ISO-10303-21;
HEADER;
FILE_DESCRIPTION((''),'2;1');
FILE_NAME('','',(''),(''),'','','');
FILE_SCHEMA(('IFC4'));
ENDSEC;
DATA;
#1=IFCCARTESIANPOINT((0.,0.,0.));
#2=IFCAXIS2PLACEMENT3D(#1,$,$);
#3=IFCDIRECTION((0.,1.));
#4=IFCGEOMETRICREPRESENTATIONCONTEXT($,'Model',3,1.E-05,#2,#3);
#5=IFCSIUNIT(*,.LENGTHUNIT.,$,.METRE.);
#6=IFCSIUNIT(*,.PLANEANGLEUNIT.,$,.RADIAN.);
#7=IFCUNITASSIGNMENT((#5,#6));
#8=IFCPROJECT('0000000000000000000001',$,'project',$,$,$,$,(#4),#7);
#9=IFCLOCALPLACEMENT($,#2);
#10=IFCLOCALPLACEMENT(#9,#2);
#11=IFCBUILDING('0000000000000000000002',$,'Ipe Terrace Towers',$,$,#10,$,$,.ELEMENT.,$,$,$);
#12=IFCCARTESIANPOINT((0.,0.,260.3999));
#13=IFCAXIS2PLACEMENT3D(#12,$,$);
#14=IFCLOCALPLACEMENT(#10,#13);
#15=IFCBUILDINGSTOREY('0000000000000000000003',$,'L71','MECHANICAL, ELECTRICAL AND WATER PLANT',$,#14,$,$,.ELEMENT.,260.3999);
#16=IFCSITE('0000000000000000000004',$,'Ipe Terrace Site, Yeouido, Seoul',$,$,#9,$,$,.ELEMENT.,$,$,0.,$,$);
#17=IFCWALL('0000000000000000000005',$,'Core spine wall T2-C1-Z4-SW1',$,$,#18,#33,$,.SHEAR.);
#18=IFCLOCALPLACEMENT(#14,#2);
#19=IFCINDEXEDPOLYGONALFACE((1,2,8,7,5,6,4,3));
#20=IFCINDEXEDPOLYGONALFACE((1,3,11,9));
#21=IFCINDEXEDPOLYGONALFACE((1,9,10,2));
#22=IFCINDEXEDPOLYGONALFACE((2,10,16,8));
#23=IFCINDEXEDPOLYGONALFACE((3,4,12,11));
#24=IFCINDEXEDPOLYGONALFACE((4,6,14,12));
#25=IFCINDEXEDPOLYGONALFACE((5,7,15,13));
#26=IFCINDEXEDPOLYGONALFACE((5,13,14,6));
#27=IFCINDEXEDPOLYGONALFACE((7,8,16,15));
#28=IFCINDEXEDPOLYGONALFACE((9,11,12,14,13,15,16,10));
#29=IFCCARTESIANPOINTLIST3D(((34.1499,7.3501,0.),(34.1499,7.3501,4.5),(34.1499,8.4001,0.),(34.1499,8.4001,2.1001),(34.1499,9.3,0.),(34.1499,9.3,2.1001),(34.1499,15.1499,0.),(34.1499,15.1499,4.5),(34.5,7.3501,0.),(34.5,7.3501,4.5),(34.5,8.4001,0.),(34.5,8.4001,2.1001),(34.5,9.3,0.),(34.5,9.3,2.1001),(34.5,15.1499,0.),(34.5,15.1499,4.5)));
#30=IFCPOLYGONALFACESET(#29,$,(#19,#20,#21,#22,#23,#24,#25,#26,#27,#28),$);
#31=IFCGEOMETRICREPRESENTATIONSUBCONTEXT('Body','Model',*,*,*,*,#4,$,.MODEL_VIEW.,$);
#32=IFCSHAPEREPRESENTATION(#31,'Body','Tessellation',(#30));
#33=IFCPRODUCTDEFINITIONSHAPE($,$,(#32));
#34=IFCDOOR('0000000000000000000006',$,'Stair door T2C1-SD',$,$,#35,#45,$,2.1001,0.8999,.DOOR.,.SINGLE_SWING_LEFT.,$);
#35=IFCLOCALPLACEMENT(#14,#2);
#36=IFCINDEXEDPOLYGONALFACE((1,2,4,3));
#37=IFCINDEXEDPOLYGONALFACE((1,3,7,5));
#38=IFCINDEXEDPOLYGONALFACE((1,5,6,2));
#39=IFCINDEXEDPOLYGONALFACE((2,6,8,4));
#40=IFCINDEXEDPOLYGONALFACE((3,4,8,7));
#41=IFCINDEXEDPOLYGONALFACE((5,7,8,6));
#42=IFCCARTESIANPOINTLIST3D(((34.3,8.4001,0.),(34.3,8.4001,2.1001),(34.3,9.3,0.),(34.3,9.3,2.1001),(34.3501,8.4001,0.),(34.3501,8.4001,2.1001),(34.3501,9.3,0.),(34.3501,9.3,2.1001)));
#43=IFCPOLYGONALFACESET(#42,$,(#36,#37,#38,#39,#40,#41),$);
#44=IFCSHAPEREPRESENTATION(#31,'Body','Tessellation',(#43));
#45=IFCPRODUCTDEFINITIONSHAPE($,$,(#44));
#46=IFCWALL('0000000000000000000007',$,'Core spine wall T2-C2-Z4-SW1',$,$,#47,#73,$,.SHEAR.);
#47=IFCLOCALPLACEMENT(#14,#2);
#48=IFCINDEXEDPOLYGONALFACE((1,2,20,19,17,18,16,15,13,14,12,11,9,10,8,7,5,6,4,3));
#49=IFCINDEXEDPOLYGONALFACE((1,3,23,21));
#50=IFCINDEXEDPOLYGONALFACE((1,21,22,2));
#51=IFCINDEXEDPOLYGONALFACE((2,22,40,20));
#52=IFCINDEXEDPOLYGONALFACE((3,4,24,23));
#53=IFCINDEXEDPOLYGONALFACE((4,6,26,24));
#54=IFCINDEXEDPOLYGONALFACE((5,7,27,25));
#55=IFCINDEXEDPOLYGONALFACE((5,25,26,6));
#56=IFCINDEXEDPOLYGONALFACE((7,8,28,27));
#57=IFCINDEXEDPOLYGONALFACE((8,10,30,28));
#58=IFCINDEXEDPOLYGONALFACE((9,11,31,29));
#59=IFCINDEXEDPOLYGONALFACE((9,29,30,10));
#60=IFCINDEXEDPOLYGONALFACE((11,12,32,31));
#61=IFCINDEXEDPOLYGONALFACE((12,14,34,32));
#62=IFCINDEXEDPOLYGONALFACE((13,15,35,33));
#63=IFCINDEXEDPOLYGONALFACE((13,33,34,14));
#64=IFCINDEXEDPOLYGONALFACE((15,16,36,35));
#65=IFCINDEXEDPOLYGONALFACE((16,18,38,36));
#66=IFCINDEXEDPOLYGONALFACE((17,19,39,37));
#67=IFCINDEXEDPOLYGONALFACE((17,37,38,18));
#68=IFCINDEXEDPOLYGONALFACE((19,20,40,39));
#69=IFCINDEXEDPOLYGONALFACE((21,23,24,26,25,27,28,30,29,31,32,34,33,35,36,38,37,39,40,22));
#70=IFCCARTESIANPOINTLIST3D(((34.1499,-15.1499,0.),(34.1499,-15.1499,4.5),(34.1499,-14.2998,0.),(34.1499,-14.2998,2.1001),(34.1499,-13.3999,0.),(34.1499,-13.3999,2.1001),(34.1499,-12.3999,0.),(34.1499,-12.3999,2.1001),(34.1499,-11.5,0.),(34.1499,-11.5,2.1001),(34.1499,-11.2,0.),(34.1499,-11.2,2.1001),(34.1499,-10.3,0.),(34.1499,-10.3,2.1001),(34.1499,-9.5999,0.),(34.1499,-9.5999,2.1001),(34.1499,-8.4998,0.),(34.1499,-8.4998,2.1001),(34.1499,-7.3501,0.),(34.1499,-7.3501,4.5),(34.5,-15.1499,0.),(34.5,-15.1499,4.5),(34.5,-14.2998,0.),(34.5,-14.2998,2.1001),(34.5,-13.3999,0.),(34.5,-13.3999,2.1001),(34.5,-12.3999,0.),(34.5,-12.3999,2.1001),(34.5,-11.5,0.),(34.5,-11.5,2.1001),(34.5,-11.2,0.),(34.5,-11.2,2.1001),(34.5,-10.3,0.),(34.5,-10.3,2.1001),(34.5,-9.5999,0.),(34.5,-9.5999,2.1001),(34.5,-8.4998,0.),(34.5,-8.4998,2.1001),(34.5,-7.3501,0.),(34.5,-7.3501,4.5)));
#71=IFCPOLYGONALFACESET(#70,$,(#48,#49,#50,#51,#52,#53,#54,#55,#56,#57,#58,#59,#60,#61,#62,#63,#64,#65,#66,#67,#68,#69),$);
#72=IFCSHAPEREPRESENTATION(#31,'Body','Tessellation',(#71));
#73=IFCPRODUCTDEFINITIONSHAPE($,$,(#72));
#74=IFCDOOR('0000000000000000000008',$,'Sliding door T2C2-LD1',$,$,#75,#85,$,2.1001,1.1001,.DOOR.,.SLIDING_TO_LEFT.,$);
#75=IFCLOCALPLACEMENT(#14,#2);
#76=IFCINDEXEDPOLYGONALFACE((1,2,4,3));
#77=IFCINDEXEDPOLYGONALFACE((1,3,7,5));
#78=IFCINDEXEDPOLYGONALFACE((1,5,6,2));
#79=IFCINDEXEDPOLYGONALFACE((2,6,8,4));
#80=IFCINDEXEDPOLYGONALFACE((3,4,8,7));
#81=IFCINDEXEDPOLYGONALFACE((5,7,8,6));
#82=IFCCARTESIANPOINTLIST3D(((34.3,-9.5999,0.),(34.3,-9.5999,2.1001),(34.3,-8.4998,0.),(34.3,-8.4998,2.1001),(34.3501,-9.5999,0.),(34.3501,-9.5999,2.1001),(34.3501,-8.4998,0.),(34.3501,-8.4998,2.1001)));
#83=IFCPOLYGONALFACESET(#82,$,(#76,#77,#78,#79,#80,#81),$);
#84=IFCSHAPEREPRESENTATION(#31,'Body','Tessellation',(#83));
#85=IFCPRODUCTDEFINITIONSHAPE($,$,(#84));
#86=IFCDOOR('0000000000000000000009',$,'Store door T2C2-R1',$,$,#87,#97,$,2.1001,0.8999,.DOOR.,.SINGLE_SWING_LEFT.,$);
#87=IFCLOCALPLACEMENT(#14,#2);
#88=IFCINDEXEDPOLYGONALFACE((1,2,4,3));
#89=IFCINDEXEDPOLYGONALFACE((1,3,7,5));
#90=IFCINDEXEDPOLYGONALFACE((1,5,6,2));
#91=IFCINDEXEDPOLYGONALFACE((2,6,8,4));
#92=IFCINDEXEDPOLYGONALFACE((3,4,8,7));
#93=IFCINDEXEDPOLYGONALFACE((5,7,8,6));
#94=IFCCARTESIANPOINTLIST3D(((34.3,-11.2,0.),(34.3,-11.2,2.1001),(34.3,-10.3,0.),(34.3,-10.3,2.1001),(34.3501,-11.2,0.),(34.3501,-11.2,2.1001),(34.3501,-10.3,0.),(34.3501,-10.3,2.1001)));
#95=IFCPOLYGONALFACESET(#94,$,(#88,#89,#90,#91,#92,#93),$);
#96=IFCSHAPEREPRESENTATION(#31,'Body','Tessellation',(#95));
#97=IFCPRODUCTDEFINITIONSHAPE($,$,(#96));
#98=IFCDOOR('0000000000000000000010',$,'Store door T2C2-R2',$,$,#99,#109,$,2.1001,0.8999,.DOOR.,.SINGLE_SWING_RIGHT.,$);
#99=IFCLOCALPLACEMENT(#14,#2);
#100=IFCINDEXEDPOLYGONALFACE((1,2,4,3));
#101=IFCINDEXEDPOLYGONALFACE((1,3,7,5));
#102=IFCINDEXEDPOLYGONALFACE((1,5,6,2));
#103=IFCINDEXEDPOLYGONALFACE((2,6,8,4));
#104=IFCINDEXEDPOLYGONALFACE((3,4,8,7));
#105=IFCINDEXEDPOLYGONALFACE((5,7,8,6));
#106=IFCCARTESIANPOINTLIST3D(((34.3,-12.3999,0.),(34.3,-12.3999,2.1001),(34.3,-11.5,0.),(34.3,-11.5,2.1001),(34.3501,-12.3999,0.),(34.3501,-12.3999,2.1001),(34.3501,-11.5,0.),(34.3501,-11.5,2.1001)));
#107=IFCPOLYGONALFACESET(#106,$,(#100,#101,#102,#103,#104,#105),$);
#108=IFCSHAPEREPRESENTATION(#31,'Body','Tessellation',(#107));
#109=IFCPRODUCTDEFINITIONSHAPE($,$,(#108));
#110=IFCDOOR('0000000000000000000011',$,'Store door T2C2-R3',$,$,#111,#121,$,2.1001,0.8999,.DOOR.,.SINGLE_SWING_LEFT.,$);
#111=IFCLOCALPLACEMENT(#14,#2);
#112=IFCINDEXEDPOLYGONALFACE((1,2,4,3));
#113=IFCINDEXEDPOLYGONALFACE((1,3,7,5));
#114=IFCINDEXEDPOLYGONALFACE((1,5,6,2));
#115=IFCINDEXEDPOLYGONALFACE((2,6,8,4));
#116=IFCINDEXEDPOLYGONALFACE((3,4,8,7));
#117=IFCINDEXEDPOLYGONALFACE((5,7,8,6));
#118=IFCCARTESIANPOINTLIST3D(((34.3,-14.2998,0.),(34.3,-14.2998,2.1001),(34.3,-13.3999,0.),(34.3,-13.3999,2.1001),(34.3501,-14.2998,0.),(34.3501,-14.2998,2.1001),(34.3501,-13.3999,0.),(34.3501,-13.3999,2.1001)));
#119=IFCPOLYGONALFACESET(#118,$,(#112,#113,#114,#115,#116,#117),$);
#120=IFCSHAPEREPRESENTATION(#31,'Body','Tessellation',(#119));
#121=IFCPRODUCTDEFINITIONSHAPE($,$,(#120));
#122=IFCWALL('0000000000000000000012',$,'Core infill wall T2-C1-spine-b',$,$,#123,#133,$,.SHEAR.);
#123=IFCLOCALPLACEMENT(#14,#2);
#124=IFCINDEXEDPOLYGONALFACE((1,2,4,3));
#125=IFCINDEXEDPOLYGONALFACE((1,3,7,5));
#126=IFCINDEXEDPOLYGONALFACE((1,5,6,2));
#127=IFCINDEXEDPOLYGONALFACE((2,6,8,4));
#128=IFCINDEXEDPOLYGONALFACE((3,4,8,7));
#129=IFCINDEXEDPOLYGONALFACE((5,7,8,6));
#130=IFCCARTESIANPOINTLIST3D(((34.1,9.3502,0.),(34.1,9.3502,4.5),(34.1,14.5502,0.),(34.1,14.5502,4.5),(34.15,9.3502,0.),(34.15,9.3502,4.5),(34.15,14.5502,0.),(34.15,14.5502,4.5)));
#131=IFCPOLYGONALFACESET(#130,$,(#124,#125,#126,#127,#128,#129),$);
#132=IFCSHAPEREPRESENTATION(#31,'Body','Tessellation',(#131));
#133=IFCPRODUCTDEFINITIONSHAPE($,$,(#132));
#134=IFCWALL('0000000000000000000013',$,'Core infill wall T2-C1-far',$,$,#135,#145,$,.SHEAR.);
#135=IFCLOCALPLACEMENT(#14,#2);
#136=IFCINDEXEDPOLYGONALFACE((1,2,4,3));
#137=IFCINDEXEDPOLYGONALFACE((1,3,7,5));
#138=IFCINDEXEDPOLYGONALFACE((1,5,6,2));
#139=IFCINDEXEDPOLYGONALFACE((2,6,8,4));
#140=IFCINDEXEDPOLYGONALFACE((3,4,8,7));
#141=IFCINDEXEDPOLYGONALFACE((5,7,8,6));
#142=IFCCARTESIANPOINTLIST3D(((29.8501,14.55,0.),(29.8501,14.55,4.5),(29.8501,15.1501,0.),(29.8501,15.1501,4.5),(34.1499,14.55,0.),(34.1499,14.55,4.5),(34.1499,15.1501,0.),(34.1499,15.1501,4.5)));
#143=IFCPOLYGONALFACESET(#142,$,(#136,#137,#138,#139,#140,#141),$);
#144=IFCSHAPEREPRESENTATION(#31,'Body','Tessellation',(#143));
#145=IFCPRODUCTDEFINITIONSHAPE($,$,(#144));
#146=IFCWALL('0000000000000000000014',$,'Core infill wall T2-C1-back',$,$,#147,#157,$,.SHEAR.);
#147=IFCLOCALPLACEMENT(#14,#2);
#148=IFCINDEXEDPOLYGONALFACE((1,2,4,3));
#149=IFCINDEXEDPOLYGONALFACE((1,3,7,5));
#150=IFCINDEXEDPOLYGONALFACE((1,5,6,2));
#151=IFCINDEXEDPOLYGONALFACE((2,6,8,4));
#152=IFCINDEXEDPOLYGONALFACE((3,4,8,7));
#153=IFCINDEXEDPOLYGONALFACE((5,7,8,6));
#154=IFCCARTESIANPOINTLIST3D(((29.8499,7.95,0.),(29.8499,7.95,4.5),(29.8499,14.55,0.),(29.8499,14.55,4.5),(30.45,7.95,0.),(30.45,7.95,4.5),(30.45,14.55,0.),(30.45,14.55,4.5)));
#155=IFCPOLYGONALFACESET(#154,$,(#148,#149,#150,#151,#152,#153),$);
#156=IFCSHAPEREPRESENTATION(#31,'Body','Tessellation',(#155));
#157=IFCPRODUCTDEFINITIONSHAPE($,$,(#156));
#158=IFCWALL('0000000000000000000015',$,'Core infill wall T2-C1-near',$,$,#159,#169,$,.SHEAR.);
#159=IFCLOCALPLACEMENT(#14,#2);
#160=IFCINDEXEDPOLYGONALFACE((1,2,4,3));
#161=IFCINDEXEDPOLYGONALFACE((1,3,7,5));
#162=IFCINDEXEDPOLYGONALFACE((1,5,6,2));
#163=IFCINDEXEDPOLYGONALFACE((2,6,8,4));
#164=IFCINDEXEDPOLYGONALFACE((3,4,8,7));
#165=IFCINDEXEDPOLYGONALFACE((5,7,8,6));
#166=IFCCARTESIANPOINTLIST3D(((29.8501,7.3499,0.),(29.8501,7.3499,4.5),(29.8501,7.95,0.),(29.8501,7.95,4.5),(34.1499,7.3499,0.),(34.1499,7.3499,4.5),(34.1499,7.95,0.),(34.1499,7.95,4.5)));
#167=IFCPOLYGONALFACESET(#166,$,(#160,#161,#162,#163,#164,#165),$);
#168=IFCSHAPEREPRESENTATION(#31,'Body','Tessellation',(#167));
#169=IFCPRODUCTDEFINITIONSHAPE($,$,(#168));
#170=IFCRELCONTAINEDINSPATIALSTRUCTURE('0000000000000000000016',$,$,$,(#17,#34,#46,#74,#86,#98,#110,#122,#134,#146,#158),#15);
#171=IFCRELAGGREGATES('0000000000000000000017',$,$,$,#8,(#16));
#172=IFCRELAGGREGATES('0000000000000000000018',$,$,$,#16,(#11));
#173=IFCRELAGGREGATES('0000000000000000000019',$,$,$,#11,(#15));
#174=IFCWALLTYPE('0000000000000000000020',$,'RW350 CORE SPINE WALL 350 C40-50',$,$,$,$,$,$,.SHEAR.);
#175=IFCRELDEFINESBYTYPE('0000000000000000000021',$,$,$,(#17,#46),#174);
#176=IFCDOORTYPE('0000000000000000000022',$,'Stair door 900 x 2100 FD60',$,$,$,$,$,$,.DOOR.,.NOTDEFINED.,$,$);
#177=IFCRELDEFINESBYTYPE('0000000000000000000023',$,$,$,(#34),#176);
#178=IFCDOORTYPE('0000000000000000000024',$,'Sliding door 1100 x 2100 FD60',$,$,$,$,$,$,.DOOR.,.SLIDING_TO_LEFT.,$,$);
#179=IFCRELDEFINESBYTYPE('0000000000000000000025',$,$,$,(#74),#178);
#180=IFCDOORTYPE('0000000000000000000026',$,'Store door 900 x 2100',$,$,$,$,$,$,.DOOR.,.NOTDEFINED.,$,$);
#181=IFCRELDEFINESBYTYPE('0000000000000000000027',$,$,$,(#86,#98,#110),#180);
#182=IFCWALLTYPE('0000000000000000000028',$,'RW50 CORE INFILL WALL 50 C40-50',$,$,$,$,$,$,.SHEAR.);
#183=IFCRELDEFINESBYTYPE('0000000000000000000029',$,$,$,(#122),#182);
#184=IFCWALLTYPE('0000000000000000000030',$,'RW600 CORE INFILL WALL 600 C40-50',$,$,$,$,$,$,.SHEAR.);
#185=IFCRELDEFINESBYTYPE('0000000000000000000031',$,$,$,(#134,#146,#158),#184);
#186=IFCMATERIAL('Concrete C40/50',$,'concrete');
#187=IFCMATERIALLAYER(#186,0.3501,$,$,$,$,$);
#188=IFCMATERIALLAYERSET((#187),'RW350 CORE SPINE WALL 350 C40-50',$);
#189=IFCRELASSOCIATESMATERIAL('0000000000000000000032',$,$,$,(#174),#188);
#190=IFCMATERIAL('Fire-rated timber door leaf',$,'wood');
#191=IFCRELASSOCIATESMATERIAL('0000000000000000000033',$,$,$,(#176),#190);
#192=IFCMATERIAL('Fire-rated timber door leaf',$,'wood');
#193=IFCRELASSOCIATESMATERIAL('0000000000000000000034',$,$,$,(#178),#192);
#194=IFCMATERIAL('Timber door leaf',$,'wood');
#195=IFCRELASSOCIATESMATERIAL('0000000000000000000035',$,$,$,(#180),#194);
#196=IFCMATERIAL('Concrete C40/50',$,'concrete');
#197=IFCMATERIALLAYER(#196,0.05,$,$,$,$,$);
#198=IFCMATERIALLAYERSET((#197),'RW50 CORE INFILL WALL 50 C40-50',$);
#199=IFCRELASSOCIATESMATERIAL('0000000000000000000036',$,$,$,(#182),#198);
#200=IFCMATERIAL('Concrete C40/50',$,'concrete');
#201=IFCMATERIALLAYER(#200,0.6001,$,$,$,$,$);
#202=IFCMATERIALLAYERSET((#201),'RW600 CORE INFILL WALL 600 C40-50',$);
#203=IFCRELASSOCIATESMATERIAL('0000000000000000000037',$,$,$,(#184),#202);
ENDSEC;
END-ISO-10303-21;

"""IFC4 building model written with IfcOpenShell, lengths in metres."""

from ifc_helpers import new_model, si_unit, direction, frame, frame_2d, origin, place, context, subcontext, project, spatial, rectangle, extrude, material, layer, layer_set, type_object, element, fill, save


model = new_model("IFC4")

# Units and contexts
model_context = context("Model", 3, precision=1e-05, world=origin(), true_north=direction((0.0, 1.0)))
body_context = subcontext(model_context, "Body", "Model", "MODEL_VIEW")
ifc_project = project(units=[si_unit("LENGTHUNIT", "METRE"), si_unit("PLANEANGLEUNIT", "RADIAN")], contexts=[model_context])

# Site, building, storey
site_placement = place(None, origin())
site = spatial("IfcSite", under=ifc_project, at=site_placement, Name="Ipe Terrace Site, Yeouido, Seoul", CompositionType="ELEMENT", RefElevation=0.0)
building_placement = place(site_placement, origin())
building = spatial("IfcBuilding", under=site, at=building_placement, Name="Ipe Terrace Towers", CompositionType="ELEMENT")
storey_placement = place(building_placement, frame((0.0, 0.0, 260.3999)))
storey = spatial("IfcBuildingStorey", under=building, at=storey_placement, Name="L71", Description="MECHANICAL, ELECTRICAL AND WATER PLANT", CompositionType="ELEMENT", Elevation=260.3999)

# Wall, opening, door
ifc_material_1 = material(Name="Concrete C40/50", Category="concrete")
ifc_layer_1 = layer(ifc_material_1, 0.3501)
ifc_layer_set_1 = layer_set([ifc_layer_1], Name="RW350 CORE SPINE WALL 350 C40-50")
wall_type_1 = type_object("IfcWallType", Name="RW350 CORE SPINE WALL 350 C40-50", PredefinedType="SHEAR", material=ifc_layer_set_1)
wall_1_placement = place(storey_placement, frame((34.325, 7.3501, 0.0), z_axis=(0.0, 0.0, 1.0), x_axis=(0.0, 1.0, 0.0)))
wall_1 = element("IfcWall", 1, at=wall_1_placement, inside=storey, type_object=wall_type_1, Name="Core spine wall T2-C1-Z4-SW1", PredefinedType="SHEAR", context=body_context, shape_type="SweptSolid", body=[
    extrude(rectangle(XDim=7.7998, YDim=0.3501, at=frame_2d((3.8999, 0.0))), origin(), (0.0, 0.0, 1.0), 4.5),
])
opening_1_placement = place(wall_1_placement, frame((1.05, 0.0, 0.0)))
opening_1 = element("IfcOpeningElement", 2, at=opening_1_placement, cuts=wall_1, PredefinedType="OPENING", context=body_context, shape_type="SweptSolid", body=[
    extrude(rectangle(XDim=0.8999, YDim=2.1001, at=frame_2d((0.45, 1.05))), frame((0.0, 0.1851, 0.0), z_axis=(0.0, -1.0, 0.0), x_axis=(1.0, 0.0, 0.0)), (0.0, 0.0, 1.0), 0.3701),
])
ifc_material_2 = material(Name="Fire-rated timber door leaf", Category="wood")
door_type_1 = type_object("IfcDoorType", Name="Stair door 900 x 2100 FD60", OperationType="NOTDEFINED", PredefinedType="DOOR", material=ifc_material_2)
door_1_placement = place(opening_1_placement, origin())
door_1 = element("IfcDoor", 3, at=door_1_placement, inside=storey, type_object=door_type_1, Name="Stair door T2C1-SD", OperationType="SINGLE_SWING_LEFT", OverallHeight=2.1001, OverallWidth=0.8999, PredefinedType="DOOR", context=body_context, shape_type="SweptSolid", body=[
    extrude(rectangle(XDim=0.8999, YDim=2.1001, at=frame_2d((0.45, 1.05))), frame((0.0, 0.0249, 0.0), z_axis=(0.0, -1.0, 0.0), x_axis=(1.0, 0.0, 0.0)), (0.0, 0.0, 1.0), 0.05),
])
fill(opening_1, door_1)

# Wall, openings, doors
wall_2_placement = place(storey_placement, frame((34.325, -15.1499, 0.0), z_axis=(0.0, 0.0, 1.0), x_axis=(0.0, 1.0, 0.0)))
wall_2 = element("IfcWall", 4, at=wall_2_placement, inside=storey, type_object=wall_type_1, Name="Core spine wall T2-C2-Z4-SW1", PredefinedType="SHEAR", context=body_context, shape_type="SweptSolid", body=[
    extrude(rectangle(XDim=7.7998, YDim=0.3501, at=frame_2d((3.8999, 0.0))), origin(), (0.0, 0.0, 1.0), 4.5),
])
opening_2_placement = place(wall_2_placement, frame((5.55, 0.0, 0.0)))
opening_2 = element("IfcOpeningElement", 5, at=opening_2_placement, cuts=wall_2, PredefinedType="OPENING", context=body_context, shape_type="SweptSolid", body=[
    extrude(rectangle(XDim=1.1001, YDim=2.1001, at=frame_2d((0.55, 1.05))), frame((0.0, 0.1851, 0.0), z_axis=(0.0, -1.0, 0.0), x_axis=(1.0, 0.0, 0.0)), (0.0, 0.0, 1.0), 0.3701),
])
opening_3_placement = place(wall_2_placement, frame((3.95, 0.0, 0.0)))
opening_3 = element("IfcOpeningElement", 6, at=opening_3_placement, cuts=wall_2, PredefinedType="OPENING", context=body_context, shape_type="SweptSolid", body=[
    extrude(rectangle(XDim=0.8999, YDim=2.1001, at=frame_2d((0.45, 1.05))), frame((0.0, 0.1851, 0.0), z_axis=(0.0, -1.0, 0.0), x_axis=(1.0, 0.0, 0.0)), (0.0, 0.0, 1.0), 0.3701),
])
opening_4_placement = place(wall_2_placement, frame((2.75, 0.0, 0.0)))
opening_4 = element("IfcOpeningElement", 7, at=opening_4_placement, cuts=wall_2, PredefinedType="OPENING", context=body_context, shape_type="SweptSolid", body=[
    extrude(rectangle(XDim=0.8999, YDim=2.1001, at=frame_2d((0.45, 1.05))), frame((0.0, 0.1851, 0.0), z_axis=(0.0, -1.0, 0.0), x_axis=(1.0, 0.0, 0.0)), (0.0, 0.0, 1.0), 0.3701),
])
opening_5_placement = place(wall_2_placement, frame((0.8501, 0.0, 0.0)))
opening_5 = element("IfcOpeningElement", 8, at=opening_5_placement, cuts=wall_2, PredefinedType="OPENING", context=body_context, shape_type="SweptSolid", body=[
    extrude(rectangle(XDim=0.8999, YDim=2.1001, at=frame_2d((0.45, 1.05))), frame((0.0, 0.1851, 0.0), z_axis=(0.0, -1.0, 0.0), x_axis=(1.0, 0.0, 0.0)), (0.0, 0.0, 1.0), 0.3701),
])
ifc_material_3 = material(Name="Fire-rated timber door leaf", Category="wood")
door_type_2 = type_object("IfcDoorType", Name="Sliding door 1100 x 2100 FD60", OperationType="SLIDING_TO_LEFT", PredefinedType="DOOR", material=ifc_material_3)
door_2_placement = place(opening_2_placement, origin())
door_2 = element("IfcDoor", 9, at=door_2_placement, inside=storey, type_object=door_type_2, Name="Sliding door T2C2-LD1", OperationType="SLIDING_TO_LEFT", OverallHeight=2.1001, OverallWidth=1.1001, PredefinedType="DOOR", context=body_context, shape_type="SweptSolid", body=[
    extrude(rectangle(XDim=1.1001, YDim=2.1001, at=frame_2d((0.55, 1.05))), frame((0.0, 0.0249, 0.0), z_axis=(0.0, -1.0, 0.0), x_axis=(1.0, 0.0, 0.0)), (0.0, 0.0, 1.0), 0.05),
])
fill(opening_2, door_2)
ifc_material_4 = material(Name="Timber door leaf", Category="wood")
door_type_3 = type_object("IfcDoorType", Name="Store door 900 x 2100", OperationType="NOTDEFINED", PredefinedType="DOOR", material=ifc_material_4)
door_3_placement = place(opening_3_placement, origin())
door_3 = element("IfcDoor", 10, at=door_3_placement, inside=storey, type_object=door_type_3, Name="Store door T2C2-R1", OperationType="SINGLE_SWING_LEFT", OverallHeight=2.1001, OverallWidth=0.8999, PredefinedType="DOOR", context=body_context, shape_type="SweptSolid", body=[
    extrude(rectangle(XDim=0.8999, YDim=2.1001, at=frame_2d((0.45, 1.05))), frame((0.0, 0.0249, 0.0), z_axis=(0.0, -1.0, 0.0), x_axis=(1.0, 0.0, 0.0)), (0.0, 0.0, 1.0), 0.05),
])
fill(opening_3, door_3)
door_4_placement = place(opening_4_placement, origin())
door_4 = element("IfcDoor", 11, at=door_4_placement, inside=storey, type_object=door_type_3, Name="Store door T2C2-R2", OperationType="SINGLE_SWING_RIGHT", OverallHeight=2.1001, OverallWidth=0.8999, PredefinedType="DOOR", context=body_context, shape_type="SweptSolid", body=[
    extrude(rectangle(XDim=0.8999, YDim=2.1001, at=frame_2d((0.45, 1.05))), frame((0.0, 0.0249, 0.0), z_axis=(0.0, -1.0, 0.0), x_axis=(1.0, 0.0, 0.0)), (0.0, 0.0, 1.0), 0.05),
])
fill(opening_4, door_4)
door_5_placement = place(opening_5_placement, origin())
door_5 = element("IfcDoor", 12, at=door_5_placement, inside=storey, type_object=door_type_3, Name="Store door T2C2-R3", OperationType="SINGLE_SWING_LEFT", OverallHeight=2.1001, OverallWidth=0.8999, PredefinedType="DOOR", context=body_context, shape_type="SweptSolid", body=[
    extrude(rectangle(XDim=0.8999, YDim=2.1001, at=frame_2d((0.45, 1.05))), frame((0.0, 0.0249, 0.0), z_axis=(0.0, -1.0, 0.0), x_axis=(1.0, 0.0, 0.0)), (0.0, 0.0, 1.0), 0.05),
])
fill(opening_5, door_5)

# Walls
ifc_material_5 = material(Name="Concrete C40/50", Category="concrete")
ifc_layer_2 = layer(ifc_material_5, 0.05)
ifc_layer_set_2 = layer_set([ifc_layer_2], Name="RW50 CORE INFILL WALL 50 C40-50")
wall_type_2 = type_object("IfcWallType", Name="RW50 CORE INFILL WALL 50 C40-50", PredefinedType="SHEAR", material=ifc_layer_set_2)
wall_3_placement = place(storey_placement, frame((34.125, 9.3501, 0.0), z_axis=(0.0, 0.0, 1.0), x_axis=(0.0, 1.0, 0.0)))
element("IfcWall", 13, at=wall_3_placement, inside=storey, type_object=wall_type_2, Name="Core infill wall T2-C1-spine-b", PredefinedType="SHEAR", context=body_context, shape_type="SweptSolid", body=[
    extrude(rectangle(XDim=5.2, YDim=0.05, at=frame_2d((2.6001, 0.0))), origin(), (0.0, 0.0, 1.0), 4.5),
])
ifc_material_6 = material(Name="Concrete C40/50", Category="concrete")
ifc_layer_3 = layer(ifc_material_6, 0.6001)
ifc_layer_set_3 = layer_set([ifc_layer_3], Name="RW600 CORE INFILL WALL 600 C40-50")
wall_type_3 = type_object("IfcWallType", Name="RW600 CORE INFILL WALL 600 C40-50", PredefinedType="SHEAR", material=ifc_layer_set_3)
wall_4_placement = place(storey_placement, frame((34.1499, 14.8501, 0.0), z_axis=(0.0, 0.0, 1.0), x_axis=(-1.0, 0.0, 0.0)))
element("IfcWall", 14, at=wall_4_placement, inside=storey, type_object=wall_type_3, Name="Core infill wall T2-C1-far", PredefinedType="SHEAR", context=body_context, shape_type="SweptSolid", body=[
    extrude(rectangle(XDim=4.2998, YDim=0.6001, at=frame_2d((2.1499, 0.0))), origin(), (0.0, 0.0, 1.0), 4.5),
])
wall_5_placement = place(storey_placement, frame((30.1499, 7.95, 0.0), z_axis=(0.0, 0.0, 1.0), x_axis=(0.0, 1.0, 0.0)))
element("IfcWall", 15, at=wall_5_placement, inside=storey, type_object=wall_type_3, Name="Core infill wall T2-C1-back", PredefinedType="SHEAR", context=body_context, shape_type="SweptSolid", body=[
    extrude(rectangle(XDim=6.6001, YDim=0.6001, at=frame_2d((3.3, 0.0))), origin(), (0.0, 0.0, 1.0), 4.5),
])
wall_6_placement = place(storey_placement, frame((34.1499, 7.6499, 0.0), z_axis=(0.0, 0.0, 1.0), x_axis=(-1.0, 0.0, 0.0)))
element("IfcWall", 16, at=wall_6_placement, inside=storey, type_object=wall_type_3, Name="Core infill wall T2-C1-near", PredefinedType="SHEAR", context=body_context, shape_type="SweptSolid", body=[
    extrude(rectangle(XDim=4.2998, YDim=0.6001, at=frame_2d((2.1499, 0.0))), origin(), (0.0, 0.0, 1.0), 4.5),
])

save(model, "model.ifc")
